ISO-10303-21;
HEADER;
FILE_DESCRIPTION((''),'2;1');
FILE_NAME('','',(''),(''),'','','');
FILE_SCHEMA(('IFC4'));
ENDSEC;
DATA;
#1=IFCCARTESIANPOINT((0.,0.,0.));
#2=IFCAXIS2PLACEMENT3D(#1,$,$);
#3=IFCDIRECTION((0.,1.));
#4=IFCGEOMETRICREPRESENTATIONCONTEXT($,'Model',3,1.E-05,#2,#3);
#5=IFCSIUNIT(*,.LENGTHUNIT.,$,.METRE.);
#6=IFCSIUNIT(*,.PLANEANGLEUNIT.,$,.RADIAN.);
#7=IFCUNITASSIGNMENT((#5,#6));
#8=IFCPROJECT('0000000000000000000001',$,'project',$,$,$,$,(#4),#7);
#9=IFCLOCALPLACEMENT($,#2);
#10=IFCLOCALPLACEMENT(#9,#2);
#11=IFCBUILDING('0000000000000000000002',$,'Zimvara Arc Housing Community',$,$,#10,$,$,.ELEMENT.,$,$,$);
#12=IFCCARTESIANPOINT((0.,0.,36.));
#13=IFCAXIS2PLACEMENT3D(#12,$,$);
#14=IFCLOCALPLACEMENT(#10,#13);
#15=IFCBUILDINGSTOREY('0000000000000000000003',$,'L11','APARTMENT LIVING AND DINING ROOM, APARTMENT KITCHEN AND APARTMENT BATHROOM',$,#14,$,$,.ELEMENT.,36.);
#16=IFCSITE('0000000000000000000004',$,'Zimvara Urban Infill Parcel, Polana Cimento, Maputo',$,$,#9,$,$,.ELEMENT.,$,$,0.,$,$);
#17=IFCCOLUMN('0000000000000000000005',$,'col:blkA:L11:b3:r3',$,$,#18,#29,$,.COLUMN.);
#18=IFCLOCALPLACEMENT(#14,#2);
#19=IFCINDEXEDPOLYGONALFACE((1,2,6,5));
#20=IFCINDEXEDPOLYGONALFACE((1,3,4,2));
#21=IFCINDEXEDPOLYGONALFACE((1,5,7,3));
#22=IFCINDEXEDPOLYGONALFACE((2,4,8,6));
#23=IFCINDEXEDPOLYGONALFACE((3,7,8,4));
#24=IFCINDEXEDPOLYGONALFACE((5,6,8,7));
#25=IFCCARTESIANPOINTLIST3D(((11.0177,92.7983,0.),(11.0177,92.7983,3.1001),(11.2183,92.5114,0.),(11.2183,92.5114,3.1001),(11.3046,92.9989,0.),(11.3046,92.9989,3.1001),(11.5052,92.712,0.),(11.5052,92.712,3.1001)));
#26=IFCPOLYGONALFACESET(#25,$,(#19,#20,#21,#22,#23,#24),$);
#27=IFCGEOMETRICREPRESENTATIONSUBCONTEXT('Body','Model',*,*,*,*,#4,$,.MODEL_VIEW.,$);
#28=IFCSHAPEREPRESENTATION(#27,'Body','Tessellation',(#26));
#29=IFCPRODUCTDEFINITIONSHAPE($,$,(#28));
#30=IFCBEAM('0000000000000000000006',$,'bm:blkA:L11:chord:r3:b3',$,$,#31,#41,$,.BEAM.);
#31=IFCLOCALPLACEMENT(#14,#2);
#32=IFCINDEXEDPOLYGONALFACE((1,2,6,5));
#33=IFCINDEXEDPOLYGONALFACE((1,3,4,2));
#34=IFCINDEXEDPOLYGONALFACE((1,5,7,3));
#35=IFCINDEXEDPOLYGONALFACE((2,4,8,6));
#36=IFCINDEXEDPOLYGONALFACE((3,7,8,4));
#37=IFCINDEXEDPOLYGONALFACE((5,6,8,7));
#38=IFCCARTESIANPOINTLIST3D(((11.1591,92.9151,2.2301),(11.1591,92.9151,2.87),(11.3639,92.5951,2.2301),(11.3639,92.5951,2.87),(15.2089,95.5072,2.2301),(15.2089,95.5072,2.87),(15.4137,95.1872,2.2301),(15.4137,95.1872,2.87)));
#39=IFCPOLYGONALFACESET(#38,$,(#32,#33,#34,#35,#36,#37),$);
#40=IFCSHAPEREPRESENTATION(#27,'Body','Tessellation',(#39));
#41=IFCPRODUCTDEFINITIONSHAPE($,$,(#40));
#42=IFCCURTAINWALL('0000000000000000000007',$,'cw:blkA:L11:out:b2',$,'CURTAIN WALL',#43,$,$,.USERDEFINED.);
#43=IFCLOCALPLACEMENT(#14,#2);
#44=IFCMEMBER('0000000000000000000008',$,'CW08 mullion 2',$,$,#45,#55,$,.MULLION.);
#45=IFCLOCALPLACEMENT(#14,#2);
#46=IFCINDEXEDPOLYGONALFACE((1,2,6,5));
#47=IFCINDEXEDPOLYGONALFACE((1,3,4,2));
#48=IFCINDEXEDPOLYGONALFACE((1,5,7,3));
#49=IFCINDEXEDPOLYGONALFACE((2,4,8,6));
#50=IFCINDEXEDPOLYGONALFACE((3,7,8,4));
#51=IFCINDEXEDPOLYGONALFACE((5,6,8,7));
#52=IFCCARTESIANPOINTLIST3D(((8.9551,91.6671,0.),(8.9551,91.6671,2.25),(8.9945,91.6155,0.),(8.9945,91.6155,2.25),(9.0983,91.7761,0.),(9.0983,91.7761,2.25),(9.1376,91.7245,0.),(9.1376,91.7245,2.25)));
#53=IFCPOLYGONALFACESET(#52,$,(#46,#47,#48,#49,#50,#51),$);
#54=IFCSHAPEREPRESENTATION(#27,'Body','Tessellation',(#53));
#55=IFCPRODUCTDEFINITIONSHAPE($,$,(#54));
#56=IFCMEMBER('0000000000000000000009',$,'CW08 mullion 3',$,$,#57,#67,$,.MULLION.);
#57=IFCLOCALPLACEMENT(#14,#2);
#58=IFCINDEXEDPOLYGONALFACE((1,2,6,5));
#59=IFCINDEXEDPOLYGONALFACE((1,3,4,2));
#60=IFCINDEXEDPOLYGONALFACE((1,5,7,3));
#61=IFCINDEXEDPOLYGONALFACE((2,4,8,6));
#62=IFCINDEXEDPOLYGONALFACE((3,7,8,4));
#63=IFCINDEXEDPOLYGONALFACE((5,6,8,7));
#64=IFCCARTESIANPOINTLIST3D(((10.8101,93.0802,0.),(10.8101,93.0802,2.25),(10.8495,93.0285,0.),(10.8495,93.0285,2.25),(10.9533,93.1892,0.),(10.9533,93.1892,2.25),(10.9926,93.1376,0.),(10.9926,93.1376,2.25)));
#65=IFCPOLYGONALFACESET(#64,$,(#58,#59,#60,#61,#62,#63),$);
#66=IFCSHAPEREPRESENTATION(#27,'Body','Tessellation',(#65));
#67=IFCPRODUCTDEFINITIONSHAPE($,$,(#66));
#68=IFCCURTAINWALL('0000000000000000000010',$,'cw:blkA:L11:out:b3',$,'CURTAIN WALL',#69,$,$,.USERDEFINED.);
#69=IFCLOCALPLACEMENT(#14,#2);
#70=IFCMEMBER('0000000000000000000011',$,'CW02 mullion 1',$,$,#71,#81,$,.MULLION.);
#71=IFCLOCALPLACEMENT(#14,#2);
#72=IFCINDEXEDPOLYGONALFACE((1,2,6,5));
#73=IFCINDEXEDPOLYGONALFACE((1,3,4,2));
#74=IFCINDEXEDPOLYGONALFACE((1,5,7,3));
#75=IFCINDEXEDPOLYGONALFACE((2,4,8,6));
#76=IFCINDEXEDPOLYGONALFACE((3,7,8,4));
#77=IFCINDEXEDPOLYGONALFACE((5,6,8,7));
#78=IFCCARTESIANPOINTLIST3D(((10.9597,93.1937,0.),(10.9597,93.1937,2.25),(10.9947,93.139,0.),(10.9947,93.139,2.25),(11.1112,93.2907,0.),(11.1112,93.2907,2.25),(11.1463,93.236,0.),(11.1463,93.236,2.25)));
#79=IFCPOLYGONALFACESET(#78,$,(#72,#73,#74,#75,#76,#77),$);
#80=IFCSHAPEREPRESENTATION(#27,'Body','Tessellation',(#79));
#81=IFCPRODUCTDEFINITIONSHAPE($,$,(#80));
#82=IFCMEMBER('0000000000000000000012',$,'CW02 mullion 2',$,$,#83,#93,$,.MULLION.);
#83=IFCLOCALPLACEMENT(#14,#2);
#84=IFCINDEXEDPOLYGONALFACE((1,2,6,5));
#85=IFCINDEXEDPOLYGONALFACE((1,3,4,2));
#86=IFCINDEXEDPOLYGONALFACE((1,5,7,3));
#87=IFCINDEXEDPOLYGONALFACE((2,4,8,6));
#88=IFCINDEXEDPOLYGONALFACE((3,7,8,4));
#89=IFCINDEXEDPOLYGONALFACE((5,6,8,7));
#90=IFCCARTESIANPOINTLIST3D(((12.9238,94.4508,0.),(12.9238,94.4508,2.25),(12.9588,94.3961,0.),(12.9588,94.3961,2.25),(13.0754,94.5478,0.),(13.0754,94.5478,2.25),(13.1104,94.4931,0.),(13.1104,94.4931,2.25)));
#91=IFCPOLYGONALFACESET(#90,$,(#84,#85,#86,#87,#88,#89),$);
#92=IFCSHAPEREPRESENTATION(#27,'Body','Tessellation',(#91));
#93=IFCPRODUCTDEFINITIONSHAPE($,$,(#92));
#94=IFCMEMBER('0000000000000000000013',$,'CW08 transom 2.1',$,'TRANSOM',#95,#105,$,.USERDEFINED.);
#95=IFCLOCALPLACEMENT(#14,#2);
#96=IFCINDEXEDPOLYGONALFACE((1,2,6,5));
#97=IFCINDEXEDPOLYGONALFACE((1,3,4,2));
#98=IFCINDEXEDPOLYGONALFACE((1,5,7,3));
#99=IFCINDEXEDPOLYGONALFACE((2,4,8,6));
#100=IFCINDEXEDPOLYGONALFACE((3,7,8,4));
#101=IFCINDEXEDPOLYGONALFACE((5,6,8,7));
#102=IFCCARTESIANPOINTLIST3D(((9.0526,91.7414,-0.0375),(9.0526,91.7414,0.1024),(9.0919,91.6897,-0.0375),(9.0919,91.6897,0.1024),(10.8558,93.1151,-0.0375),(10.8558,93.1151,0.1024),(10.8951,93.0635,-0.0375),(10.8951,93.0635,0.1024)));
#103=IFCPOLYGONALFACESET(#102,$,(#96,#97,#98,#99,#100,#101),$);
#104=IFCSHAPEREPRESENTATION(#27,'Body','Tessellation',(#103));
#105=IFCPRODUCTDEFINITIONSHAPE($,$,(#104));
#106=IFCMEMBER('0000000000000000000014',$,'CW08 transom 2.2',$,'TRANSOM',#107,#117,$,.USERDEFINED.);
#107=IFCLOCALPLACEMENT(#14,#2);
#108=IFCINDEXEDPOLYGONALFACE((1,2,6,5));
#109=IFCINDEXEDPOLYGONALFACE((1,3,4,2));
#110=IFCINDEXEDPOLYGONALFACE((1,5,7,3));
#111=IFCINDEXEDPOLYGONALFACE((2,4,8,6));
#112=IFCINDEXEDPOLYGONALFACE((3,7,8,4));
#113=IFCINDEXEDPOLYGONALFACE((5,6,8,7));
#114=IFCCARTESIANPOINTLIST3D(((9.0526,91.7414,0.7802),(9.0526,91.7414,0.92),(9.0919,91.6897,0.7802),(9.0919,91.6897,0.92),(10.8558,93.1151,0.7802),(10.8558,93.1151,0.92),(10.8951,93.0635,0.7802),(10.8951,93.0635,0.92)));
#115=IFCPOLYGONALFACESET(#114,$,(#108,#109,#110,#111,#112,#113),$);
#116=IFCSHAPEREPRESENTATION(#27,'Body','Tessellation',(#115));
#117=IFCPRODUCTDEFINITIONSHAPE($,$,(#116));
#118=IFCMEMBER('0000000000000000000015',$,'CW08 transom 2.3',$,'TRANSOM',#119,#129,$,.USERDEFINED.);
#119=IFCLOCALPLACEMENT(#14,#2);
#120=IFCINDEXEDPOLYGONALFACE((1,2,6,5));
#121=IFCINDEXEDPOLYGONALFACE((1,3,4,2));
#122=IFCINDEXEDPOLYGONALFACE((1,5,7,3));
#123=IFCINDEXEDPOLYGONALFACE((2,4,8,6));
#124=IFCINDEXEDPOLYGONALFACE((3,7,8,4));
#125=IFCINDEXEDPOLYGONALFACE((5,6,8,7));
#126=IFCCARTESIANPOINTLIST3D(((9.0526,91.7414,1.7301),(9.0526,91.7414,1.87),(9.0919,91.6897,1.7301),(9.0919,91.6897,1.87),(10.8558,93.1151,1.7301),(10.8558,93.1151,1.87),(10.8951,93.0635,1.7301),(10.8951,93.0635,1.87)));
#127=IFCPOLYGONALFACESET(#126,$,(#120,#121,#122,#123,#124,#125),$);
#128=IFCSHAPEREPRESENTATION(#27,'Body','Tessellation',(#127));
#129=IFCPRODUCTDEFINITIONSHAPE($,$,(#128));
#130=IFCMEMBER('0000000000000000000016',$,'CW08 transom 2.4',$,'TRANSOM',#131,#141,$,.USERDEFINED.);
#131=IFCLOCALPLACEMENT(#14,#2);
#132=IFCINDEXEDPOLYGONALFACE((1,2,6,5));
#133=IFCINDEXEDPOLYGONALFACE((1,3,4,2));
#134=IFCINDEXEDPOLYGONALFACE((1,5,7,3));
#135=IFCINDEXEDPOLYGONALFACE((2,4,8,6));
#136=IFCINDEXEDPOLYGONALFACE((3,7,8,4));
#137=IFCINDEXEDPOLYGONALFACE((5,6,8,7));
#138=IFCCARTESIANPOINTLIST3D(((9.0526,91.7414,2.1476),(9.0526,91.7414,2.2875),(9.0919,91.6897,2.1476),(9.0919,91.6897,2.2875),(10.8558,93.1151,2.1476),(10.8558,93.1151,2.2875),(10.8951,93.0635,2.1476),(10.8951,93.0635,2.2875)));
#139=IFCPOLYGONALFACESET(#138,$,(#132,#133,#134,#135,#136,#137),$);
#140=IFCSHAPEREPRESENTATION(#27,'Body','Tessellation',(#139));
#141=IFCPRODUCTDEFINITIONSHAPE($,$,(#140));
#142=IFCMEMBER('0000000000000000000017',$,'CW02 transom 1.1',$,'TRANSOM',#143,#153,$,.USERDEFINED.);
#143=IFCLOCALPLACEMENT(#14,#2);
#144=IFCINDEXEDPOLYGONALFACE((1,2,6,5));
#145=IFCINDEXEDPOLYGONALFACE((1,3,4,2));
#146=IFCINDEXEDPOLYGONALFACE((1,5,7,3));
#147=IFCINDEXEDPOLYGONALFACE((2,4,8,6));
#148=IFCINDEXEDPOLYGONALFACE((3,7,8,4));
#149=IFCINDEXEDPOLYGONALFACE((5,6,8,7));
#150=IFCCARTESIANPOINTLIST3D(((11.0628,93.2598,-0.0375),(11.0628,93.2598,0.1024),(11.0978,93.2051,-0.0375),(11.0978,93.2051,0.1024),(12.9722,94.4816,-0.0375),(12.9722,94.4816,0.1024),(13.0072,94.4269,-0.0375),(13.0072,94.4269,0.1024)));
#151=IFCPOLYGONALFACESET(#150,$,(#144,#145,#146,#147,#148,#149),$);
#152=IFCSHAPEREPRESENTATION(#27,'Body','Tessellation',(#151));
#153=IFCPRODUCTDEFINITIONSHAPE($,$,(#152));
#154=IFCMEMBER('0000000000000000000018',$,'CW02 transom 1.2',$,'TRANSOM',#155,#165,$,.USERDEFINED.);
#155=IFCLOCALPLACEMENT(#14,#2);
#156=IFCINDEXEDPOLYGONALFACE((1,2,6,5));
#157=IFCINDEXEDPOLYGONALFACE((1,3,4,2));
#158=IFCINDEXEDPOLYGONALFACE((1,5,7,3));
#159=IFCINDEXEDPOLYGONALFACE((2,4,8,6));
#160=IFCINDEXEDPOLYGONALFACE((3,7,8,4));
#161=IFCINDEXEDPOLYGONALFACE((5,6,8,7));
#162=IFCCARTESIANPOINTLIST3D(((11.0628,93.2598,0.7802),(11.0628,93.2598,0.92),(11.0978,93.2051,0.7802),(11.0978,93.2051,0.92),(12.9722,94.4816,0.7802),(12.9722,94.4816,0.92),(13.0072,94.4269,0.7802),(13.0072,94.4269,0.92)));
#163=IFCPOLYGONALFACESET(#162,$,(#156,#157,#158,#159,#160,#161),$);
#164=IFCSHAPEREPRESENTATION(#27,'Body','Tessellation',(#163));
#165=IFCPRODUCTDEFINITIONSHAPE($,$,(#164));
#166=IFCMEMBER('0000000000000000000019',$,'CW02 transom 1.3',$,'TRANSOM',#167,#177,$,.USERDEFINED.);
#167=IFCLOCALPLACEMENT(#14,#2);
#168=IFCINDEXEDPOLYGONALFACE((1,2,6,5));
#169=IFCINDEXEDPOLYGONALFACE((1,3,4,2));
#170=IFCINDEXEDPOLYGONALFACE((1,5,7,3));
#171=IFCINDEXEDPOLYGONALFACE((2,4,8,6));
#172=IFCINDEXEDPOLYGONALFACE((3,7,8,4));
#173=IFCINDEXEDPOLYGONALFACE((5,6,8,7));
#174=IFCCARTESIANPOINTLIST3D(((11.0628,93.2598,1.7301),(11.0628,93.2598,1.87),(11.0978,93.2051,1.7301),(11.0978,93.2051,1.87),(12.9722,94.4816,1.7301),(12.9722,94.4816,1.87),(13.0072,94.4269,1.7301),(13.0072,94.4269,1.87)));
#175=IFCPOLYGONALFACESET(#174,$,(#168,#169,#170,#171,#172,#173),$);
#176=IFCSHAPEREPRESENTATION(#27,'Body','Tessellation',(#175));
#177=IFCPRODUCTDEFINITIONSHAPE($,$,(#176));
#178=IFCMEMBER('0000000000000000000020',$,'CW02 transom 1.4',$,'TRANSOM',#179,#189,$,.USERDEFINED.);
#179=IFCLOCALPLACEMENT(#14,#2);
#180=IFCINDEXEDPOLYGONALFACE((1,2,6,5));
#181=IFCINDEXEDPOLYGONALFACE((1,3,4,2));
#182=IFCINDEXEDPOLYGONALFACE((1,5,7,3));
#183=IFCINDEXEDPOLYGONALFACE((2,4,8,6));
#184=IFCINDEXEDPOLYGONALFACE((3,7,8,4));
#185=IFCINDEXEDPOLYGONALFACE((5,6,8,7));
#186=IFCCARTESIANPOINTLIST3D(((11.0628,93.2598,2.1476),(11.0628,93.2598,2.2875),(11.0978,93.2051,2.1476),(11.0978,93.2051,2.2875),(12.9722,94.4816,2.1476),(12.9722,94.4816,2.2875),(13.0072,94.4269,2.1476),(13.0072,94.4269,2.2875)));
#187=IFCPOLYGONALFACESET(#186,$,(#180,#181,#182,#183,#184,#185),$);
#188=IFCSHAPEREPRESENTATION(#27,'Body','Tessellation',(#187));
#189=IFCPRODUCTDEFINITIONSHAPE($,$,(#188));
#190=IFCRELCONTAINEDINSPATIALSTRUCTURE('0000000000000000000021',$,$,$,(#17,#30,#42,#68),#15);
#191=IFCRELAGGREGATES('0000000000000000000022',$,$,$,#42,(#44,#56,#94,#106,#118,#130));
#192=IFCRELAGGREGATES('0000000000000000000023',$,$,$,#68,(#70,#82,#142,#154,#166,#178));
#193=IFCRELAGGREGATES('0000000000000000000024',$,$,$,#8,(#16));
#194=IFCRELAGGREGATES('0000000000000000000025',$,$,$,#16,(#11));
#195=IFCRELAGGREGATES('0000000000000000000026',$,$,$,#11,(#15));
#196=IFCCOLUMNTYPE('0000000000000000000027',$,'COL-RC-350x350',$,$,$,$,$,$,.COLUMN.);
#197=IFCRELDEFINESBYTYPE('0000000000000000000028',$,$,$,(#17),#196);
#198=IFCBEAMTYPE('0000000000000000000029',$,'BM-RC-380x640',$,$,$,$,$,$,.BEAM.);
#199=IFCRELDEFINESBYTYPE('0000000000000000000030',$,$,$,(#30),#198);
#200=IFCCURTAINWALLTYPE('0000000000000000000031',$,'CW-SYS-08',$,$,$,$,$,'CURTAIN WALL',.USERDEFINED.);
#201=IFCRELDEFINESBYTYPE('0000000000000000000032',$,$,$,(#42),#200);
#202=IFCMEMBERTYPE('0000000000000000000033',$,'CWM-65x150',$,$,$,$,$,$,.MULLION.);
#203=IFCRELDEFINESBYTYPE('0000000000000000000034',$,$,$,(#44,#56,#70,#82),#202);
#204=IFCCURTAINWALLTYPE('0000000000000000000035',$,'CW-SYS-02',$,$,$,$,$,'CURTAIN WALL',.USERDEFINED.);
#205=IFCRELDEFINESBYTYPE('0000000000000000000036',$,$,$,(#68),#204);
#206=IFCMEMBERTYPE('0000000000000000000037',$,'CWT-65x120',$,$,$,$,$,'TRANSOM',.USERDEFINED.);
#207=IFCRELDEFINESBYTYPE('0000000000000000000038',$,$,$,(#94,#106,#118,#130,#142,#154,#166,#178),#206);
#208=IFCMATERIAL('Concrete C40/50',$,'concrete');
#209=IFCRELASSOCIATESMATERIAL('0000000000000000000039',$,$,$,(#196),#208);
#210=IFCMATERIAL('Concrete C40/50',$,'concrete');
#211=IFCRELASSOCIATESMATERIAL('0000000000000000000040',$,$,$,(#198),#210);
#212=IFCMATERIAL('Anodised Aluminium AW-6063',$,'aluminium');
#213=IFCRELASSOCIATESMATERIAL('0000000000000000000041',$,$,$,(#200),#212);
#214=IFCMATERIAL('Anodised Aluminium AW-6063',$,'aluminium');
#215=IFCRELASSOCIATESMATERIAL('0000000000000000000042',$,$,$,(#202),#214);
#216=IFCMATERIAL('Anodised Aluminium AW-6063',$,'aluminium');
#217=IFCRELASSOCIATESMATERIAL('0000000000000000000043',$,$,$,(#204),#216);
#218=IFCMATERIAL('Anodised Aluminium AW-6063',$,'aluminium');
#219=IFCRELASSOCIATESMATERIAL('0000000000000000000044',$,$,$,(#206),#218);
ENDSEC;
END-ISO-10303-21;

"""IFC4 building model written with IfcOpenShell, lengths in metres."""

from ifc_helpers import new_model, si_unit, direction, frame, origin, origin_2d, place, context, subcontext, project, spatial, rectangle, extrude, material, material_profile, profile_set, type_object, element, aggregate, save


model = new_model("IFC4")

# Units and contexts
model_context = context("Model", 3, precision=1e-05, world=origin(), true_north=direction((0.0, 1.0)))
body_context = subcontext(model_context, "Body", "Model", "MODEL_VIEW")
ifc_project = project(units=[si_unit("LENGTHUNIT", "METRE"), si_unit("PLANEANGLEUNIT", "RADIAN")], contexts=[model_context])

# Site, building, storey
site_placement = place(None, origin())
site = spatial("IfcSite", under=ifc_project, at=site_placement, Name="Zimvara Urban Infill Parcel, Polana Cimento, Maputo", CompositionType="ELEMENT", RefElevation=0.0)
building_placement = place(site_placement, origin())
building = spatial("IfcBuilding", under=site, at=building_placement, Name="Zimvara Arc Housing Community", CompositionType="ELEMENT")
storey_placement = place(building_placement, frame((0.0, 0.0, 36.0)))
storey = spatial("IfcBuildingStorey", under=building, at=storey_placement, Name="L11", Description="APARTMENT LIVING AND DINING ROOM, APARTMENT KITCHEN AND APARTMENT BATHROOM", CompositionType="ELEMENT", Elevation=36.0)

# Column
ifc_material_1 = material(Name="Concrete C40/50", Category="concrete")
ifc_material_profile_1 = material_profile(ifc_material_1, rectangle(XDim=0.3501, YDim=0.3501, at=origin_2d()), Name="RC 350x350")
ifc_profile_set_1 = profile_set([ifc_material_profile_1], Name="Concrete C40/50")
column_type = type_object("IfcColumnType", Name="COL-RC-350x350", PredefinedType="COLUMN", material=ifc_profile_set_1)
column_placement = place(storey_placement, frame((11.2615, 92.7551, 0.0), z_axis=(0.0, 0.0, 1.0), x_axis=(-0.573004, 0.819552, 0.0)))
element("IfcColumn", 1, at=column_placement, inside=storey, type_object=column_type, Name="col:blkA:L11:b3:r3", PredefinedType="COLUMN", context=body_context, shape_type="SweptSolid", body=[
    extrude(rectangle(XDim=0.3501, YDim=0.3501, at=origin_2d()), origin(), (0.0, 0.0, 1.0), 3.1001),
])

# Beam
ifc_material_2 = material(Name="Concrete C40/50", Category="concrete")
ifc_material_profile_2 = material_profile(ifc_material_2, rectangle(XDim=0.3799, YDim=0.6399, at=origin_2d()), Name="RC 380x640")
ifc_profile_set_2 = profile_set([ifc_material_profile_2], Name="Concrete C40/50")
beam_type = type_object("IfcBeamType", Name="BM-RC-380x640", PredefinedType="BEAM", material=ifc_profile_set_2)
beam_placement = place(storey_placement, frame((11.2615, 92.7551, 2.55), z_axis=(0.842256, 0.539078, 0.0), x_axis=(-0.539078, 0.842256, 0.0)))
element("IfcBeam", 2, at=beam_placement, inside=storey, type_object=beam_type, Name="bm:blkA:L11:chord:r3:b3", PredefinedType="BEAM", context=body_context, shape_type="SweptSolid", body=[
    extrude(rectangle(XDim=0.3799, YDim=0.6399, at=origin_2d()), origin(), (0.0, 0.0, 1.0), 4.8083),
])

# Curtain walls, members
ifc_material_3 = material(Name="Anodised Aluminium AW-6063", Category="aluminium")
curtain_wall_type_1 = type_object("IfcCurtainWallType", Name="CW-SYS-08", ElementType="CURTAIN WALL", PredefinedType="USERDEFINED", material=ifc_material_3)
curtain_wall_1_placement = place(storey_placement, origin())
curtain_wall_1 = element("IfcCurtainWall", 3, at=curtain_wall_1_placement, inside=storey, type_object=curtain_wall_type_1, Name="cw:blkA:L11:out:b2", ObjectType="CURTAIN WALL", PredefinedType="USERDEFINED")
ifc_material_4 = material(Name="Anodised Aluminium AW-6063", Category="aluminium")
ifc_material_profile_3 = material_profile(ifc_material_4, rectangle(XDim=0.0649, YDim=0.1799, at=origin_2d()), Name="ALU 65x180")
ifc_profile_set_3 = profile_set([ifc_material_profile_3], Name="Anodised Aluminium AW-6063")
member_type_1 = type_object("IfcMemberType", Name="CWM-65x150", PredefinedType="MULLION", material=ifc_profile_set_3)
member_1_placement = place(storey_placement, frame((9.0464, 91.6958, 0.0), z_axis=(0.0, 0.0, 1.0), x_axis=(-0.605988, 0.795474, 0.0)))
member_1 = element("IfcMember", 4, at=member_1_placement, type_object=member_type_1, Name="CW08 mullion 2", PredefinedType="MULLION", context=body_context, shape_type="SweptSolid", body=[
    extrude(rectangle(XDim=0.0649, YDim=0.1799, at=origin_2d()), origin(), (0.0, 0.0, 1.0), 2.25),
])
member_2_placement = place(storey_placement, frame((10.9014, 93.1089, 0.0), z_axis=(0.0, 0.0, 1.0), x_axis=(-0.605988, 0.795474, 0.0)))
member_2 = element("IfcMember", 5, at=member_2_placement, type_object=member_type_1, Name="CW08 mullion 3", PredefinedType="MULLION", context=body_context, shape_type="SweptSolid", body=[
    extrude(rectangle(XDim=0.0649, YDim=0.1799, at=origin_2d()), origin(), (0.0, 0.0, 1.0), 2.25),
])
ifc_material_5 = material(Name="Anodised Aluminium AW-6063", Category="aluminium")
curtain_wall_type_2 = type_object("IfcCurtainWallType", Name="CW-SYS-02", ElementType="CURTAIN WALL", PredefinedType="USERDEFINED", material=ifc_material_5)
curtain_wall_2_placement = place(storey_placement, origin())
curtain_wall_2 = element("IfcCurtainWall", 6, at=curtain_wall_2_placement, inside=storey, type_object=curtain_wall_type_2, Name="cw:blkA:L11:out:b3", ObjectType="CURTAIN WALL", PredefinedType="USERDEFINED")
member_3_placement = place(storey_placement, frame((11.053, 93.2148, 0.0), z_axis=(0.0, 0.0, 1.0), x_axis=(-0.539065, 0.842264, 0.0)))
member_3 = element("IfcMember", 7, at=member_3_placement, type_object=member_type_1, Name="CW02 mullion 1", PredefinedType="MULLION", context=body_context, shape_type="SweptSolid", body=[
    extrude(rectangle(XDim=0.0649, YDim=0.1799, at=origin_2d()), origin(), (0.0, 0.0, 1.0), 2.25),
])
member_4_placement = place(storey_placement, frame((13.0171, 94.4719, 0.0), z_axis=(0.0, 0.0, 1.0), x_axis=(-0.539065, 0.842264, 0.0)))
member_4 = element("IfcMember", 8, at=member_4_placement, type_object=member_type_1, Name="CW02 mullion 2", PredefinedType="MULLION", context=body_context, shape_type="SweptSolid", body=[
    extrude(rectangle(XDim=0.0649, YDim=0.1799, at=origin_2d()), origin(), (0.0, 0.0, 1.0), 2.25),
])

# Members
ifc_material_6 = material(Name="Anodised Aluminium AW-6063", Category="aluminium")
ifc_material_profile_4 = material_profile(ifc_material_6, rectangle(XDim=0.0649, YDim=0.1399, at=origin_2d()), Name="ALU 65x140")
ifc_profile_set_4 = profile_set([ifc_material_profile_4], Name="Anodised Aluminium AW-6063")
member_type_2 = type_object("IfcMemberType", Name="CWT-65x120", ElementType="TRANSOM", PredefinedType="USERDEFINED", material=ifc_profile_set_4)
member_5_placement = place(storey_placement, frame((9.0723, 91.7156, 0.0325), z_axis=(0.795454, 0.606014, 0.0), x_axis=(-0.606014, 0.795454, 0.0)))
member_5 = element("IfcMember", 9, at=member_5_placement, type_object=member_type_2, Name="CW08 transom 2.1", ObjectType="TRANSOM", PredefinedType="USERDEFINED", context=body_context, shape_type="SweptSolid", body=[
    extrude(rectangle(XDim=0.0649, YDim=0.1399, at=origin_2d()), origin(), (0.0, 0.0, 1.0), 2.2668),
])
member_6_placement = place(storey_placement, frame((9.0723, 91.7156, 0.8501), z_axis=(0.795454, 0.606014, 0.0), x_axis=(-0.606014, 0.795454, 0.0)))
member_6 = element("IfcMember", 10, at=member_6_placement, type_object=member_type_2, Name="CW08 transom 2.2", ObjectType="TRANSOM", PredefinedType="USERDEFINED", context=body_context, shape_type="SweptSolid", body=[
    extrude(rectangle(XDim=0.0649, YDim=0.1399, at=origin_2d()), origin(), (0.0, 0.0, 1.0), 2.2668),
])
member_7_placement = place(storey_placement, frame((9.0723, 91.7156, 1.8), z_axis=(0.795454, 0.606014, 0.0), x_axis=(-0.606014, 0.795454, 0.0)))
member_7 = element("IfcMember", 11, at=member_7_placement, type_object=member_type_2, Name="CW08 transom 2.3", ObjectType="TRANSOM", PredefinedType="USERDEFINED", context=body_context, shape_type="SweptSolid", body=[
    extrude(rectangle(XDim=0.0649, YDim=0.1399, at=origin_2d()), origin(), (0.0, 0.0, 1.0), 2.2668),
])
member_8_placement = place(storey_placement, frame((9.0723, 91.7156, 2.2175), z_axis=(0.795454, 0.606014, 0.0), x_axis=(-0.606014, 0.795454, 0.0)))
member_8 = element("IfcMember", 12, at=member_8_placement, type_object=member_type_2, Name="CW08 transom 2.4", ObjectType="TRANSOM", PredefinedType="USERDEFINED", context=body_context, shape_type="SweptSolid", body=[
    extrude(rectangle(XDim=0.0649, YDim=0.1399, at=origin_2d()), origin(), (0.0, 0.0, 1.0), 2.2668),
])
member_9_placement = place(storey_placement, frame((11.0803, 93.2324, 0.0325), z_axis=(0.842293, 0.53902, 0.0), x_axis=(-0.53902, 0.842293, 0.0)))
member_9 = element("IfcMember", 13, at=member_9_placement, type_object=member_type_2, Name="CW02 transom 1.1", ObjectType="TRANSOM", PredefinedType="USERDEFINED", context=body_context, shape_type="SweptSolid", body=[
    extrude(rectangle(XDim=0.0649, YDim=0.1399, at=origin_2d()), origin(), (0.0, 0.0, 1.0), 2.2668),
])
member_10_placement = place(storey_placement, frame((11.0803, 93.2324, 0.8501), z_axis=(0.842293, 0.53902, 0.0), x_axis=(-0.53902, 0.842293, 0.0)))
member_10 = element("IfcMember", 14, at=member_10_placement, type_object=member_type_2, Name="CW02 transom 1.2", ObjectType="TRANSOM", PredefinedType="USERDEFINED", context=body_context, shape_type="SweptSolid", body=[
    extrude(rectangle(XDim=0.0649, YDim=0.1399, at=origin_2d()), origin(), (0.0, 0.0, 1.0), 2.2668),
])
member_11_placement = place(storey_placement, frame((11.0803, 93.2324, 1.8), z_axis=(0.842293, 0.53902, 0.0), x_axis=(-0.53902, 0.842293, 0.0)))
member_11 = element("IfcMember", 15, at=member_11_placement, type_object=member_type_2, Name="CW02 transom 1.3", ObjectType="TRANSOM", PredefinedType="USERDEFINED", context=body_context, shape_type="SweptSolid", body=[
    extrude(rectangle(XDim=0.0649, YDim=0.1399, at=origin_2d()), origin(), (0.0, 0.0, 1.0), 2.2668),
])
member_12_placement = place(storey_placement, frame((11.0803, 93.2324, 2.2175), z_axis=(0.842293, 0.53902, 0.0), x_axis=(-0.53902, 0.842293, 0.0)))
member_12 = element("IfcMember", 16, at=member_12_placement, type_object=member_type_2, Name="CW02 transom 1.4", ObjectType="TRANSOM", PredefinedType="USERDEFINED", context=body_context, shape_type="SweptSolid", body=[
    extrude(rectangle(XDim=0.0649, YDim=0.1399, at=origin_2d()), origin(), (0.0, 0.0, 1.0), 2.2668),
])

aggregate(curtain_wall_1, [member_1, member_2, member_5, member_6, member_7, member_8])
aggregate(curtain_wall_2, [member_3, member_4, member_9, member_10, member_11, member_12])

save(model, "model.ifc")
